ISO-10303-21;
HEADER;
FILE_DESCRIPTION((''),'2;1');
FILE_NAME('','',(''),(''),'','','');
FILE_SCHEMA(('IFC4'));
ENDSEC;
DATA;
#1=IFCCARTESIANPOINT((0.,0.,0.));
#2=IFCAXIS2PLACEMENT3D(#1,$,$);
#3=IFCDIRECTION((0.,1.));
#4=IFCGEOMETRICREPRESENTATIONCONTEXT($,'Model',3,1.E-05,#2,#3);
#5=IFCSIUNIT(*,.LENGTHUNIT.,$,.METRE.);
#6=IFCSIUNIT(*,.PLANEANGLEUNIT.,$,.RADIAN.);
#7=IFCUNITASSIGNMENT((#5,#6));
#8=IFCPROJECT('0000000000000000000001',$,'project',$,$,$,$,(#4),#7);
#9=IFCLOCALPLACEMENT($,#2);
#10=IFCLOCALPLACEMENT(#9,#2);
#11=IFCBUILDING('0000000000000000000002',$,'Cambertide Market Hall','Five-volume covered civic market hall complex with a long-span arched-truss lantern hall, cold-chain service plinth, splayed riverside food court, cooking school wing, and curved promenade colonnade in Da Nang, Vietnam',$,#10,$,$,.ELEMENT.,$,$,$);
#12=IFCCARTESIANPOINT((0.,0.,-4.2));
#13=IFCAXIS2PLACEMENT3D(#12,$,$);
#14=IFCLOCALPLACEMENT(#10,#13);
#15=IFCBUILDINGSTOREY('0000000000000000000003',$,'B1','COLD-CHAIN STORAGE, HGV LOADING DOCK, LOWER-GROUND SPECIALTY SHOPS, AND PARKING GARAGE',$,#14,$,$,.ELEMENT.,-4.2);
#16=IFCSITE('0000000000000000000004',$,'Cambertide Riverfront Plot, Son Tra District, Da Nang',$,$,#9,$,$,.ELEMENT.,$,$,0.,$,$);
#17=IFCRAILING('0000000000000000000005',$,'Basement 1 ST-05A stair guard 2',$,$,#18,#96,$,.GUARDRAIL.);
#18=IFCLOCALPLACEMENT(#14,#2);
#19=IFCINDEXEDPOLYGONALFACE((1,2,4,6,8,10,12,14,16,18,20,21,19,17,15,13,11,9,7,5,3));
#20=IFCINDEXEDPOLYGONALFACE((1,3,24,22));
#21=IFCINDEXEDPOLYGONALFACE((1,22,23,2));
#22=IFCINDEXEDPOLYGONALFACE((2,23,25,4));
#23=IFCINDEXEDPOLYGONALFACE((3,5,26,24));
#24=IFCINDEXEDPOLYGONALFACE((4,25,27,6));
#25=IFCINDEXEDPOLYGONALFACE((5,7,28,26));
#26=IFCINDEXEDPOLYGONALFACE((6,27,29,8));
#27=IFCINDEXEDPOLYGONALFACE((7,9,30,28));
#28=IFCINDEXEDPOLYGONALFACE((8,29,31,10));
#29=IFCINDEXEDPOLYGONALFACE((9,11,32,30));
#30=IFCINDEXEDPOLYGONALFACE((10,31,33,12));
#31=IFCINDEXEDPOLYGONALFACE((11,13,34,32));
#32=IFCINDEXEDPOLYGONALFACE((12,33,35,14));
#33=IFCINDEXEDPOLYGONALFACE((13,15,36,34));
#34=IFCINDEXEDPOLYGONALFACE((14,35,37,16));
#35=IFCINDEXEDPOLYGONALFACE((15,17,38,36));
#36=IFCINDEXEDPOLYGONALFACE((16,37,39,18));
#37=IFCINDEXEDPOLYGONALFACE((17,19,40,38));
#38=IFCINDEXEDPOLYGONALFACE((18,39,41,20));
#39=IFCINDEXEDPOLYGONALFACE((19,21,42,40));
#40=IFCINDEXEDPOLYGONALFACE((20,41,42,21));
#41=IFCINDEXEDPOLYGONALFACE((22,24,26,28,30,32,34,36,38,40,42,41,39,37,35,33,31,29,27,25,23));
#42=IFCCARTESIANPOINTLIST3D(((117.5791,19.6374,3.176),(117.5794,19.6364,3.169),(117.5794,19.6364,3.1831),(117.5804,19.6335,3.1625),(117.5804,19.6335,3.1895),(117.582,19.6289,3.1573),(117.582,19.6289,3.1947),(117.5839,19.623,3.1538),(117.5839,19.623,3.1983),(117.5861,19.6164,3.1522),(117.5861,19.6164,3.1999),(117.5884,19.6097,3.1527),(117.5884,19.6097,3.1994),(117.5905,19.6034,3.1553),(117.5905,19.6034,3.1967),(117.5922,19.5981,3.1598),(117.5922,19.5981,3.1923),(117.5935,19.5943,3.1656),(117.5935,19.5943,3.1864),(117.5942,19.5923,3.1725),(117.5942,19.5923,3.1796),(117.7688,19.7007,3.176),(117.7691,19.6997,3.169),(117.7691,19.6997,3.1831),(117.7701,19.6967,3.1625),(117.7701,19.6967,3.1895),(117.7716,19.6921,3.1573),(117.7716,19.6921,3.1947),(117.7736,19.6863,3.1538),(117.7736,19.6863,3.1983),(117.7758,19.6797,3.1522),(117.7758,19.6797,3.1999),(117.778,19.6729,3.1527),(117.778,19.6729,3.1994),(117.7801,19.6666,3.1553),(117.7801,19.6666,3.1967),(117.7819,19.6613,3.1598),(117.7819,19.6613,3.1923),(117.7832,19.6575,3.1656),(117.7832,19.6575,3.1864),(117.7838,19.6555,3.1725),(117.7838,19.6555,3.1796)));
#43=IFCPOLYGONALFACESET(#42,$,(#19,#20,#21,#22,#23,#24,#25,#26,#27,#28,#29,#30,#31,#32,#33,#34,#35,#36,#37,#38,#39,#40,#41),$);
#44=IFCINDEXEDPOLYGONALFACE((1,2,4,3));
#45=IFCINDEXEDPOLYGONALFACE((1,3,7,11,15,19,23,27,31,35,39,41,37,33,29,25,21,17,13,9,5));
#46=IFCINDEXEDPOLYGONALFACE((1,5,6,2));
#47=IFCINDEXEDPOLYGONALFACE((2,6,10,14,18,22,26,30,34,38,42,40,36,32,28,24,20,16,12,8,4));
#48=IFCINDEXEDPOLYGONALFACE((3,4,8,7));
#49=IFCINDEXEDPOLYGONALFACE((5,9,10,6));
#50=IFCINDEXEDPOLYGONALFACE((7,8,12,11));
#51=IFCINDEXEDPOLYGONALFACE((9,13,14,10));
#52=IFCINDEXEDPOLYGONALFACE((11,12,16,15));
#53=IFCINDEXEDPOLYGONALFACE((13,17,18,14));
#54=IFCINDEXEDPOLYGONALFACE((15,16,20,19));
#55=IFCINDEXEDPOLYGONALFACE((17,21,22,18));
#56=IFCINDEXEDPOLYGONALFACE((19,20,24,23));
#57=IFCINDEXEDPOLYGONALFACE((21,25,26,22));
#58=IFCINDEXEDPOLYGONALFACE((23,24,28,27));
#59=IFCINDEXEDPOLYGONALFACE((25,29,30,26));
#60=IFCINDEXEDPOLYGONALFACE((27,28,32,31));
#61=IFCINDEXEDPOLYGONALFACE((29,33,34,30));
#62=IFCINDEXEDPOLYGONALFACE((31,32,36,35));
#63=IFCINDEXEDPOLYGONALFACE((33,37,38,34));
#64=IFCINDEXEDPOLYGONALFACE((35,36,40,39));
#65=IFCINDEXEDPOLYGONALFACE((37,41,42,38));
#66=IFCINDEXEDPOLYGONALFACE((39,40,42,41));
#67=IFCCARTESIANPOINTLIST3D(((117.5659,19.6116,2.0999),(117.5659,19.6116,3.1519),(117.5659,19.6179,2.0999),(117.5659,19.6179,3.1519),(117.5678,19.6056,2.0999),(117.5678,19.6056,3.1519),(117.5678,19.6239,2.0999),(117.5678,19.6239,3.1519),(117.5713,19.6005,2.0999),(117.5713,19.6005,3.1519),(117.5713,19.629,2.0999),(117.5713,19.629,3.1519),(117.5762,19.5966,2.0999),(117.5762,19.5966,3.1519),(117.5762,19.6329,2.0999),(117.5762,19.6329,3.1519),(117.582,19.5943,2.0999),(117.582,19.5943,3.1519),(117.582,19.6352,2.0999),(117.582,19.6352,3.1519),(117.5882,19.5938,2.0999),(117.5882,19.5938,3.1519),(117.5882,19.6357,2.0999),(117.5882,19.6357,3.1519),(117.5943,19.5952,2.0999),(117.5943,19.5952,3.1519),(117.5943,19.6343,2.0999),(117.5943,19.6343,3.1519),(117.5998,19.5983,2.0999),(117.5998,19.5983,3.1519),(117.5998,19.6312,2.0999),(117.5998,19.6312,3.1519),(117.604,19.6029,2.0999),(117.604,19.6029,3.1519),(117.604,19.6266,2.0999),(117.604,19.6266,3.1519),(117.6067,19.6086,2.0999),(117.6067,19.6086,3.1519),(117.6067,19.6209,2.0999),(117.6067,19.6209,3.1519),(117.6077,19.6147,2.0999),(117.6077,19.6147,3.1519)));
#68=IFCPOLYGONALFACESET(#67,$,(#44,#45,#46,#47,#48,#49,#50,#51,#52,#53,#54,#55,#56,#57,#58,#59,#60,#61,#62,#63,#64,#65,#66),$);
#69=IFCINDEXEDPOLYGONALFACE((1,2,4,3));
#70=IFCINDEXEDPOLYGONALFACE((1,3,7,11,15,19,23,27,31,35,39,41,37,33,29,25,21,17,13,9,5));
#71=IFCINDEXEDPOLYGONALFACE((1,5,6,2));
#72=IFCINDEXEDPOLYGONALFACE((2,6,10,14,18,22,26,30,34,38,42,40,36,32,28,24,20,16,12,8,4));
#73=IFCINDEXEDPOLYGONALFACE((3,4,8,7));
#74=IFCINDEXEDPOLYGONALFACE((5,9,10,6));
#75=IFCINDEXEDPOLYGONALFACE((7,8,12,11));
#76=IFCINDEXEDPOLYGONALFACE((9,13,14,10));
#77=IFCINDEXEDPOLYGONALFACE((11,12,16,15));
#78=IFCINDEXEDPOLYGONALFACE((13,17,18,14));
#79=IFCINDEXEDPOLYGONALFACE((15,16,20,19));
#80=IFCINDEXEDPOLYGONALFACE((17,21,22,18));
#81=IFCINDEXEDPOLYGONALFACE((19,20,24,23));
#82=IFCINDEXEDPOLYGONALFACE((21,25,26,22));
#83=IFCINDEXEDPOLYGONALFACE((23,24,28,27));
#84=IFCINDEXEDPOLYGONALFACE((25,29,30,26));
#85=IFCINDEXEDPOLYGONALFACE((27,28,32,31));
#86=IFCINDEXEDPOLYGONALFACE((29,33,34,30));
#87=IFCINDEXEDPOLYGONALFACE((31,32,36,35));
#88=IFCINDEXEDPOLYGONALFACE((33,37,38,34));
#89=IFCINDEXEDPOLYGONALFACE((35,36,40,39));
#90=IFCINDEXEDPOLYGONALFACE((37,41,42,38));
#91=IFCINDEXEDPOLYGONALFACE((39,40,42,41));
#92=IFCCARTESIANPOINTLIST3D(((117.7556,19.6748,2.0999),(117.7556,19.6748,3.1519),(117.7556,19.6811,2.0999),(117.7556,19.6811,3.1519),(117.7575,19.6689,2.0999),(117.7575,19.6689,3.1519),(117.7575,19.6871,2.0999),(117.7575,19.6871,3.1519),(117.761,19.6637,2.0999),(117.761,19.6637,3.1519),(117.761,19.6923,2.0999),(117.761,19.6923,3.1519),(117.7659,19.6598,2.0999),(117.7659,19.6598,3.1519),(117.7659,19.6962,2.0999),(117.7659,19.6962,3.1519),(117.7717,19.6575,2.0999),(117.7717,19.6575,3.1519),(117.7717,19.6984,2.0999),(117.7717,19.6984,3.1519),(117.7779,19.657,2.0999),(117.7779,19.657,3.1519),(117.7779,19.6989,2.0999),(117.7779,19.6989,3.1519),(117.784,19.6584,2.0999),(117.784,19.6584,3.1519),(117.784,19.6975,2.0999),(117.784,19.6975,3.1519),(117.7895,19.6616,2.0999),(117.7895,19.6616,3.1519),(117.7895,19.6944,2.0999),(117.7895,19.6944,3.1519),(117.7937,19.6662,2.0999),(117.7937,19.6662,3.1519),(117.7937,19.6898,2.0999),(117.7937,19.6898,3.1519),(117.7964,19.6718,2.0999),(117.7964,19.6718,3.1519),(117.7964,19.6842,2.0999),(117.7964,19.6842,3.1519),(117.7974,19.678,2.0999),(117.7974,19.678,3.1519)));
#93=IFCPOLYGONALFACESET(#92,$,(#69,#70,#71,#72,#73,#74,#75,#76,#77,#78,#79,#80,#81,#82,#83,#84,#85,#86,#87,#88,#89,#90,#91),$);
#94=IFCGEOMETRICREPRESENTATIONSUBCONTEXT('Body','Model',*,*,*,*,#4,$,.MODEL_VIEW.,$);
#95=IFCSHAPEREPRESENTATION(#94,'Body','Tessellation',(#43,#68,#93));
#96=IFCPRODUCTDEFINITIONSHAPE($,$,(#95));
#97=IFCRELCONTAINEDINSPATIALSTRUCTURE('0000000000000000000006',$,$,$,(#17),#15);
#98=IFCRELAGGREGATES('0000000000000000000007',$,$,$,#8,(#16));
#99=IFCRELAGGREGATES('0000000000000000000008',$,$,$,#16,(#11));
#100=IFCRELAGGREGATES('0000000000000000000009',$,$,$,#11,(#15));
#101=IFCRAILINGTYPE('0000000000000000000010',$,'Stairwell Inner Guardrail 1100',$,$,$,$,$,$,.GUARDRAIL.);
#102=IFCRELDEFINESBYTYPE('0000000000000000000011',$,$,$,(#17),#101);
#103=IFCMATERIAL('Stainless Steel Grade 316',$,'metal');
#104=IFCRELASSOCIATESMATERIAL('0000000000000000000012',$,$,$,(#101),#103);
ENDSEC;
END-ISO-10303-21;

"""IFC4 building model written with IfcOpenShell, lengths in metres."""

from ifc_helpers import new_model, si_unit, direction, frame, origin, origin_2d, place, context, subcontext, project, spatial, circle, extrude, material, type_object, element, save


model = new_model("IFC4")

# Units and contexts
model_context = context("Model", 3, precision=1e-05, world=origin(), true_north=direction((0.0, 1.0)))
body_context = subcontext(model_context, "Body", "Model", "MODEL_VIEW")
ifc_project = project(units=[si_unit("LENGTHUNIT", "METRE"), si_unit("PLANEANGLEUNIT", "RADIAN")], contexts=[model_context])

# Site, building, storey
site_placement = place(None, origin())
site = spatial("IfcSite", under=ifc_project, at=site_placement, Name="Cambertide Riverfront Plot, Son Tra District, Da Nang", CompositionType="ELEMENT", RefElevation=0.0)
building_placement = place(site_placement, origin())
building = spatial("IfcBuilding", under=site, at=building_placement, Name="Cambertide Market Hall", Description="Five-volume covered civic market hall complex with a long-span arched-truss lantern hall, cold-chain service plinth, splayed riverside food court, cooking school wing, and curved promenade colonnade in Da Nang, Vietnam", CompositionType="ELEMENT")
storey_placement = place(building_placement, frame((0.0, 0.0, -4.2)))
storey = spatial("IfcBuildingStorey", under=building, at=storey_placement, Name="B1", Description="COLD-CHAIN STORAGE, HGV LOADING DOCK, LOWER-GROUND SPECIALTY SHOPS, AND PARKING GARAGE", CompositionType="ELEMENT", Elevation=-4.2)

# Railing
ifc_material_1 = material(Name="Stainless Steel Grade 316", Category="metal")
railing_type_1 = type_object("IfcRailingType", Name="Stairwell Inner Guardrail 1100", PredefinedType="GUARDRAIL", material=ifc_material_1)
railing_1_placement = place(storey_placement, frame((117.5867, 19.6147, 2.0999)))
element("IfcRailing", 1, at=railing_1_placement, inside=storey, type_object=railing_type_1, Name="Basement 1 ST-05A stair guard 2", PredefinedType="GUARDRAIL", context=body_context, shape_type="SweptSolid", body=[
    extrude(circle(Radius=0.0239, at=origin_2d()), frame((0.0, 0.0, 1.0762), z_axis=(0.948683, 0.316228, 0.0), x_axis=(-0.316228, 0.948683, 0.0)), (0.0, 0.0, 1.0), 0.2),
    extrude(circle(Radius=0.021, at=origin_2d()), origin(), (0.0, 0.0, 1.0), 1.052),
    extrude(circle(Radius=0.021, at=origin_2d()), frame((0.1897, 0.0632, 0.0)), (0.0, 0.0, 1.0), 1.052),
])

save(model, "model.ifc")
